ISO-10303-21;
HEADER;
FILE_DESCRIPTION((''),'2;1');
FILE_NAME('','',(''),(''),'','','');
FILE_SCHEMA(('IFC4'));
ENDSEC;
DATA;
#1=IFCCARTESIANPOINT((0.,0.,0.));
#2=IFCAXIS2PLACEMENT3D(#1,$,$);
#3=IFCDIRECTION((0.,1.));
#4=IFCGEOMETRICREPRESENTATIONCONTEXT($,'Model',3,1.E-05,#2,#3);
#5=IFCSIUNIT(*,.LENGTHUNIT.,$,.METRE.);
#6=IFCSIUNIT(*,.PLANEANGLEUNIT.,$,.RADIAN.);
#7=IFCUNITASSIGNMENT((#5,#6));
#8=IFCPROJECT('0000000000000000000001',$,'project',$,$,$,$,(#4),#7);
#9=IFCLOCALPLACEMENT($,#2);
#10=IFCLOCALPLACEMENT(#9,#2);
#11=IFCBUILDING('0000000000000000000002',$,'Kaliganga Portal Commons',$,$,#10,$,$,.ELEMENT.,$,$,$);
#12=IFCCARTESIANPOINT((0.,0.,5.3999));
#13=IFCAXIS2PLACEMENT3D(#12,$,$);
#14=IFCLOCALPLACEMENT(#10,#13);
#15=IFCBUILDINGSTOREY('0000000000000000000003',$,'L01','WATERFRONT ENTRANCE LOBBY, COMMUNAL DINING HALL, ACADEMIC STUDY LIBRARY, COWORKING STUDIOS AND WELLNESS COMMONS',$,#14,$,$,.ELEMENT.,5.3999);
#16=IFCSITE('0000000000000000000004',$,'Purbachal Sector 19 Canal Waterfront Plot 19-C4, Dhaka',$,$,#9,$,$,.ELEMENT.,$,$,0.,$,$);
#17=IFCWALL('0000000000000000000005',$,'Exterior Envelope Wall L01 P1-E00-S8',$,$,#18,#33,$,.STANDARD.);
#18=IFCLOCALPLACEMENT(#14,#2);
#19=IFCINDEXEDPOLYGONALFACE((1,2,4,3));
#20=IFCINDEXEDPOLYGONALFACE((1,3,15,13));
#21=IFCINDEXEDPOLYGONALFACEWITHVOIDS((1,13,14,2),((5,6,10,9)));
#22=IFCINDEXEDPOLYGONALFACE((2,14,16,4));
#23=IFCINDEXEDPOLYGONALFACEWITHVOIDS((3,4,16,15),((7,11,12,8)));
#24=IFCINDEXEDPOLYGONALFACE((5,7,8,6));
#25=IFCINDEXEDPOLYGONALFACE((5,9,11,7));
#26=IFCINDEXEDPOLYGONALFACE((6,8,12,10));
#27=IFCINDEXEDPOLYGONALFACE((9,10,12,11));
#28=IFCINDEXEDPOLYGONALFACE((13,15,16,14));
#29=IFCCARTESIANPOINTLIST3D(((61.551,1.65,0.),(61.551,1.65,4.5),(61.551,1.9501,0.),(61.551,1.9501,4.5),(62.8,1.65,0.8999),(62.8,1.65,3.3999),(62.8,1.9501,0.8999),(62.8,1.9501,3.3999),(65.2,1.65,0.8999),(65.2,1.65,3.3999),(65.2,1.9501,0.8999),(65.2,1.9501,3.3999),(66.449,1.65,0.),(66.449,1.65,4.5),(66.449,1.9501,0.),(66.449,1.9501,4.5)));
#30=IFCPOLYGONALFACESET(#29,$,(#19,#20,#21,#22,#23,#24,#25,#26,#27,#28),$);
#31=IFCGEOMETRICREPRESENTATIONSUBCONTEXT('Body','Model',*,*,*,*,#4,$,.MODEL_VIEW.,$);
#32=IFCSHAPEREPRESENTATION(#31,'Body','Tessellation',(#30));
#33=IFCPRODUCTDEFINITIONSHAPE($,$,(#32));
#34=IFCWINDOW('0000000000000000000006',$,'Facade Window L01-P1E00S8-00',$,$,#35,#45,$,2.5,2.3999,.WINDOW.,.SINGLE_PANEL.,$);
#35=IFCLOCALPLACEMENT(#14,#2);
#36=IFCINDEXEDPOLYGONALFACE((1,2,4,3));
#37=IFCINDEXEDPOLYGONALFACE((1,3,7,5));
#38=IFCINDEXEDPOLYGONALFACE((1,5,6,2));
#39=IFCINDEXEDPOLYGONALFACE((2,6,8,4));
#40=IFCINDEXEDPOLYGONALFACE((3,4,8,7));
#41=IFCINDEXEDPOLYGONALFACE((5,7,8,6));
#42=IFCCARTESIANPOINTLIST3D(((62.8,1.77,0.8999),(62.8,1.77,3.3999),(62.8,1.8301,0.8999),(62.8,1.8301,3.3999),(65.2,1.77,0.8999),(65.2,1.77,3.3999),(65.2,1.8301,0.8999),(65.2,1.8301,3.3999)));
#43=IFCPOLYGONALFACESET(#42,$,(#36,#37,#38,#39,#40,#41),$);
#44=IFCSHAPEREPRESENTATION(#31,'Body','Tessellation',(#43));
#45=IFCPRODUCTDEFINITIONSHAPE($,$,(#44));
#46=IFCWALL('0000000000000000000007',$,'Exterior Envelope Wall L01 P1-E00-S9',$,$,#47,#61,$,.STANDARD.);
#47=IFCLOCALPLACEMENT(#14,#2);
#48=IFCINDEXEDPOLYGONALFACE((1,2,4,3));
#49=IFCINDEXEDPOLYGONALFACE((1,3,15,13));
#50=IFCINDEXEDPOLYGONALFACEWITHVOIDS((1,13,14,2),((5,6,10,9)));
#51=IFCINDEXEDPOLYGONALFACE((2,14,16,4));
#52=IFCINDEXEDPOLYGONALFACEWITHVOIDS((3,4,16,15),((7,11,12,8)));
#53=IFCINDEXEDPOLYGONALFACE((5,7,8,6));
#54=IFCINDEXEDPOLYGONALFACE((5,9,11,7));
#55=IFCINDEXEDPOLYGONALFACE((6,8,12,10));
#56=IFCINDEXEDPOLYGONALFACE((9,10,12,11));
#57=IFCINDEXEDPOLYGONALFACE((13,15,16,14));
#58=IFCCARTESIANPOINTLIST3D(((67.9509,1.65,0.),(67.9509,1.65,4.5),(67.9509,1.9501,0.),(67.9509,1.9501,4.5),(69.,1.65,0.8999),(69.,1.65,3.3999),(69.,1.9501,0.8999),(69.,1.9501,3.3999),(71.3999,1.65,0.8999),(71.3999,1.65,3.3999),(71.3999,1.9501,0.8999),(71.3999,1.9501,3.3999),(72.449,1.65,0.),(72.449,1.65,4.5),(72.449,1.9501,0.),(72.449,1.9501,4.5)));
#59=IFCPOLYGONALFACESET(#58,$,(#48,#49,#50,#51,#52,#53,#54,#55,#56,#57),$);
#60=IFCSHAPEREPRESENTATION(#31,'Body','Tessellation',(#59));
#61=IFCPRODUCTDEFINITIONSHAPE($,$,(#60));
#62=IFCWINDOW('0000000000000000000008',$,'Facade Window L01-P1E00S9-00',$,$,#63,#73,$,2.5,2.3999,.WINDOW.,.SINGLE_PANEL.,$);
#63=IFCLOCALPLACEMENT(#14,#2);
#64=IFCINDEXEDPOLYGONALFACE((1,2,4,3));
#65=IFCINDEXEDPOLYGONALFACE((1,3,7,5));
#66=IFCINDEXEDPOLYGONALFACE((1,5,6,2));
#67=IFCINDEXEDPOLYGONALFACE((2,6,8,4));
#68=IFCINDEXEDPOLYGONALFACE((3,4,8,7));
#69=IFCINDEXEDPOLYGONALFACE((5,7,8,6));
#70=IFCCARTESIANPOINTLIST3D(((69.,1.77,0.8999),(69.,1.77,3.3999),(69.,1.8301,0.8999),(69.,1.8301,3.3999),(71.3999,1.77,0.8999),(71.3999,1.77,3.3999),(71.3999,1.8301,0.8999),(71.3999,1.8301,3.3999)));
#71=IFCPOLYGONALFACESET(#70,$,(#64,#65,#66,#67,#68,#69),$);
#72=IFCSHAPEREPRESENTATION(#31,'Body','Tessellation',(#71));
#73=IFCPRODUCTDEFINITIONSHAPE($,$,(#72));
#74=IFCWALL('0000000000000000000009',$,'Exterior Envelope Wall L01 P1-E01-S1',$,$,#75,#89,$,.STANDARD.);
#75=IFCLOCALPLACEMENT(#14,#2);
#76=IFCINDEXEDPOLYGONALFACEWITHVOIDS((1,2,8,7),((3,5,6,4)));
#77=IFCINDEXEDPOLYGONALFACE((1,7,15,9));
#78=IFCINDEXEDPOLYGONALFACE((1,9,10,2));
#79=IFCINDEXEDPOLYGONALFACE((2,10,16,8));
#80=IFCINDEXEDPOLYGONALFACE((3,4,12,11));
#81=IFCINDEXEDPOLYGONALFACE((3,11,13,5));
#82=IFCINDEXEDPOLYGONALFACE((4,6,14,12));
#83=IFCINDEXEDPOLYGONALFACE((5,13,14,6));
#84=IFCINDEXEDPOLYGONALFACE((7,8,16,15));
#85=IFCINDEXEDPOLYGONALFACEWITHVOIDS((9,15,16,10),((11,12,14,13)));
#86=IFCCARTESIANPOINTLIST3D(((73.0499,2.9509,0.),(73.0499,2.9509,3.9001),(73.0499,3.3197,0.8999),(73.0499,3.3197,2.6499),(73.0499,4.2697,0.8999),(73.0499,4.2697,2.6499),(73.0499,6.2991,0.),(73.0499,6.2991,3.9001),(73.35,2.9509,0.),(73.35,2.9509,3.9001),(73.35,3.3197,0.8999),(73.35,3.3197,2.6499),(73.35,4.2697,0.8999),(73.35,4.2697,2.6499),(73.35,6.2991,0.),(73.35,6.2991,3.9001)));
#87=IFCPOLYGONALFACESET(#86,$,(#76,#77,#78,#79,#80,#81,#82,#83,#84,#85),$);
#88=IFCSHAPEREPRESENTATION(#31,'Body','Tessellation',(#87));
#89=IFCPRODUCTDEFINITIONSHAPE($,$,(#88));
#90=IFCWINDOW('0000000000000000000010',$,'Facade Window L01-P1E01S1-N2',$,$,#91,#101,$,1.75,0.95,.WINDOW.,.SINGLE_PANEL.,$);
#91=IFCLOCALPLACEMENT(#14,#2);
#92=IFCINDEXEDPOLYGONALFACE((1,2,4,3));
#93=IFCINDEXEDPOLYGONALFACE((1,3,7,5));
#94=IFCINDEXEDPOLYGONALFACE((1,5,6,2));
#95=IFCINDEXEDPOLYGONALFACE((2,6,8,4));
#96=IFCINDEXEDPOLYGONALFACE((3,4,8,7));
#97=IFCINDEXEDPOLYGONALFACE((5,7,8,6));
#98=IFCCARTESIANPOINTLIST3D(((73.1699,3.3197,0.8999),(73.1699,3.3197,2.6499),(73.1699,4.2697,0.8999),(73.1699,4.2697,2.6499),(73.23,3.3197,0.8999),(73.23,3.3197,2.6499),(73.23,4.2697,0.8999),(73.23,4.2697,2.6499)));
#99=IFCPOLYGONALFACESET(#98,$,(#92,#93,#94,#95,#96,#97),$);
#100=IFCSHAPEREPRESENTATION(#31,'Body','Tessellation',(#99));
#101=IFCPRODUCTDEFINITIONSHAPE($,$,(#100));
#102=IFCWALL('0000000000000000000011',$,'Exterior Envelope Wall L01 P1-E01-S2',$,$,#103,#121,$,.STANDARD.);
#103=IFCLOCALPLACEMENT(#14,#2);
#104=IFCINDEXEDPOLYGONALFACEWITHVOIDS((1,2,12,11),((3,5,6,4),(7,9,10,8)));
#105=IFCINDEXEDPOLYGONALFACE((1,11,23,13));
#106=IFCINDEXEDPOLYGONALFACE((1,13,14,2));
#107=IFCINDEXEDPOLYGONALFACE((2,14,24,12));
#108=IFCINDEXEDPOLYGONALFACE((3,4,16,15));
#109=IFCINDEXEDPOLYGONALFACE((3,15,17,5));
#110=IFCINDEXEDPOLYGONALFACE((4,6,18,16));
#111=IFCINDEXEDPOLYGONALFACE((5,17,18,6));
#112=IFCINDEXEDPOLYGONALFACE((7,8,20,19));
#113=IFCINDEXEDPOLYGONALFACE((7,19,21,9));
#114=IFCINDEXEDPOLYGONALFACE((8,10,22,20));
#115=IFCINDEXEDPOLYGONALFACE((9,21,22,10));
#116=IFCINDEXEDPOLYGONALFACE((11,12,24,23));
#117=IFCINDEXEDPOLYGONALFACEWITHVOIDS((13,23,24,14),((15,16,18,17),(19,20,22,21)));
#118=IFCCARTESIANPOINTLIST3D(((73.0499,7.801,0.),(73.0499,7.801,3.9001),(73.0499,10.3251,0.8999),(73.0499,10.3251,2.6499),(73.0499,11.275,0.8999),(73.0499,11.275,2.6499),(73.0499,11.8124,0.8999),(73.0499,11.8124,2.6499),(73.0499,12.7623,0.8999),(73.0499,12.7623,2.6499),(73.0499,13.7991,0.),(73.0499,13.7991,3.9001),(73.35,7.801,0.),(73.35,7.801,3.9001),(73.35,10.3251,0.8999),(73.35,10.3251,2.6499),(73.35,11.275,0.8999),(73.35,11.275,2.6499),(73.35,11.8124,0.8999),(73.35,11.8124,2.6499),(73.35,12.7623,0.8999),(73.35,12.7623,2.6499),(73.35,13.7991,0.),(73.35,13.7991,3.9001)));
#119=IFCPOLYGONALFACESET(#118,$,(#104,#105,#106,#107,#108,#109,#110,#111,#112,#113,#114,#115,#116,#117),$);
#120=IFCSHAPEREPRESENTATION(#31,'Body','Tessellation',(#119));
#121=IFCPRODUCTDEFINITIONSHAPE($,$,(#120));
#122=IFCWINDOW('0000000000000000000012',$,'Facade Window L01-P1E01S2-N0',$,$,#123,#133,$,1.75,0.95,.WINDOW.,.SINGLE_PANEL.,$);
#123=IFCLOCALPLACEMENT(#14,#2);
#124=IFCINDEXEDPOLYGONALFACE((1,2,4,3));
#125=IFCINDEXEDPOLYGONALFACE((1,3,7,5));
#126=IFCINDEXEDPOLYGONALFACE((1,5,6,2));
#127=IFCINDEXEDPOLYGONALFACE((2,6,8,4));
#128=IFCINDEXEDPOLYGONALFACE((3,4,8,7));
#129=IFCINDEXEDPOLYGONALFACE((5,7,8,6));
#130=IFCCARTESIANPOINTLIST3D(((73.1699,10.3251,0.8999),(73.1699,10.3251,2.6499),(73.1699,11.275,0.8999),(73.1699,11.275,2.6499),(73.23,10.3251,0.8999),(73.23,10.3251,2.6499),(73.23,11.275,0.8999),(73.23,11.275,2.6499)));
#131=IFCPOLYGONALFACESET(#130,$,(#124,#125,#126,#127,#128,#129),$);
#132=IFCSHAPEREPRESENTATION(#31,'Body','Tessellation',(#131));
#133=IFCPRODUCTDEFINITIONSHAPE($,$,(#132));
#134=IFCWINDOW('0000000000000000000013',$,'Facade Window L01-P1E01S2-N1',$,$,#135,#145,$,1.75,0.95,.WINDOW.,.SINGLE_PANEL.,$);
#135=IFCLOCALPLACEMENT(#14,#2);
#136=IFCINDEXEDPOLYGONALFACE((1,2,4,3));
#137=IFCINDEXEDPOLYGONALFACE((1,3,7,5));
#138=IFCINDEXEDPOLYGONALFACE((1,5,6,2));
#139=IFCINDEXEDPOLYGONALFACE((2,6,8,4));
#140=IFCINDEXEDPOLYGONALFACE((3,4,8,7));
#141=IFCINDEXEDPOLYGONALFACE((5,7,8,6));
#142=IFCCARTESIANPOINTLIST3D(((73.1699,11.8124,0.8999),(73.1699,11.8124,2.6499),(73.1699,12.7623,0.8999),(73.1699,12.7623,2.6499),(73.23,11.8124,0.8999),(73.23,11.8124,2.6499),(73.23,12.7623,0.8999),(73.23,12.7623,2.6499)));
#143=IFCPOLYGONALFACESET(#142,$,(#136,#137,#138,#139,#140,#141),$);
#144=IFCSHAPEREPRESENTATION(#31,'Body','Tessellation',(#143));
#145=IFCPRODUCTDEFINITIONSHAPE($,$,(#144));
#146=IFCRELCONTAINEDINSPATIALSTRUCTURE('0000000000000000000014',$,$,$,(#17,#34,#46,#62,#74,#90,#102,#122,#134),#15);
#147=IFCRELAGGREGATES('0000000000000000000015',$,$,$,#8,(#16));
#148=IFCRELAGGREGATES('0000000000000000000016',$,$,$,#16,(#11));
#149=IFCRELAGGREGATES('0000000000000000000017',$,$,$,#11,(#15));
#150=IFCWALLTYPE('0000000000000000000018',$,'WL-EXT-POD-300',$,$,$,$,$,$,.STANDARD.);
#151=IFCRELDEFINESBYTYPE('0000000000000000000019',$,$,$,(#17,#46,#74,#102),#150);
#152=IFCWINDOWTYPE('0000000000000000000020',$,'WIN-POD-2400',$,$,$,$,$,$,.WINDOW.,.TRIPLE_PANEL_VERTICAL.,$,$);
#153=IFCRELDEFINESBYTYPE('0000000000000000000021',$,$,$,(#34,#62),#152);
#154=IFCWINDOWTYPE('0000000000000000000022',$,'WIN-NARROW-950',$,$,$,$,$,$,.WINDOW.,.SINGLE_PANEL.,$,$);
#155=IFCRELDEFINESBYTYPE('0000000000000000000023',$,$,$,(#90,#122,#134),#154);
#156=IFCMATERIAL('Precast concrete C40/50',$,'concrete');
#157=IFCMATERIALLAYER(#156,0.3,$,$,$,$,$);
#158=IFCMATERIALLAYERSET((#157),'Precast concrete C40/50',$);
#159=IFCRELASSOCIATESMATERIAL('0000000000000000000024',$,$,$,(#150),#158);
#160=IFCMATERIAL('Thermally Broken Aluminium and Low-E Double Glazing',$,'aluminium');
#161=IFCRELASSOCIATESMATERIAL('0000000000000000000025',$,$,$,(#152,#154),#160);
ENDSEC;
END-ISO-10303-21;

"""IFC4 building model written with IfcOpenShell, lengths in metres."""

from ifc_helpers import new_model, si_unit, direction, frame, frame_2d, origin, place, context, subcontext, project, spatial, rectangle, extrude, material, layer, layer_set, type_object, element, fill, save


model = new_model("IFC4")

# Units and contexts
model_context = context("Model", 3, precision=1e-05, world=origin(), true_north=direction((0.0, 1.0)))
body_context = subcontext(model_context, "Body", "Model", "MODEL_VIEW")
ifc_project = project(units=[si_unit("LENGTHUNIT", "METRE"), si_unit("PLANEANGLEUNIT", "RADIAN")], contexts=[model_context])

# Site, building, storey
site_placement = place(None, origin())
site = spatial("IfcSite", under=ifc_project, at=site_placement, Name="Purbachal Sector 19 Canal Waterfront Plot 19-C4, Dhaka", CompositionType="ELEMENT", RefElevation=0.0)
building_placement = place(site_placement, origin())
building = spatial("IfcBuilding", under=site, at=building_placement, Name="Kaliganga Portal Commons", CompositionType="ELEMENT")
storey_placement = place(building_placement, frame((0.0, 0.0, 5.3999)))
storey = spatial("IfcBuildingStorey", under=building, at=storey_placement, Name="L01", Description="WATERFRONT ENTRANCE LOBBY, COMMUNAL DINING HALL, ACADEMIC STUDY LIBRARY, COWORKING STUDIOS AND WELLNESS COMMONS", CompositionType="ELEMENT", Elevation=5.3999)

# Walls, openings, windows
ifc_material_1 = material(Name="Precast concrete C40/50", Category="concrete")
ifc_layer = layer(ifc_material_1, 0.3)
ifc_layer_set = layer_set([ifc_layer], Name="Precast concrete C40/50")
wall_type = type_object("IfcWallType", Name="WL-EXT-POD-300", PredefinedType="STANDARD", material=ifc_layer_set)
wall_1_placement = place(storey_placement, frame((66.449, 1.8, 0.0), z_axis=(0.0, 0.0, 1.0), x_axis=(-1.0, 0.0, 0.0)))
wall_1 = element("IfcWall", 1, at=wall_1_placement, inside=storey, type_object=wall_type, Name="Exterior Envelope Wall L01 P1-E00-S8", PredefinedType="STANDARD", context=body_context, shape_type="SweptSolid", body=[
    extrude(rectangle(XDim=4.8979, YDim=0.3, at=frame_2d((2.449, 0.0))), origin(), (0.0, 0.0, 1.0), 4.5),
])
opening_1_placement = place(wall_1_placement, frame((1.249, 0.0, 0.8999)))
opening_1 = element("IfcOpeningElement", 2, at=opening_1_placement, cuts=wall_1, PredefinedType="OPENING", context=body_context, shape_type="SweptSolid", body=[
    extrude(rectangle(XDim=2.3999, YDim=2.5, at=frame_2d((1.2, 1.25))), frame((0.0, 0.1602, 0.0), z_axis=(0.0, -1.0, 0.0), x_axis=(1.0, 0.0, 0.0)), (0.0, 0.0, 1.0), 0.3201),
])
ifc_material_2 = material(Name="Thermally Broken Aluminium and Low-E Double Glazing", Category="aluminium")
window_type_1 = type_object("IfcWindowType", Name="WIN-POD-2400", PartitioningType="TRIPLE_PANEL_VERTICAL", PredefinedType="WINDOW", material=ifc_material_2)
window_1_placement = place(opening_1_placement, origin())
window_1 = element("IfcWindow", 3, at=window_1_placement, inside=storey, type_object=window_type_1, Name="Facade Window L01-P1E00S8-00", OverallHeight=2.5, OverallWidth=2.3999, PartitioningType="SINGLE_PANEL", PredefinedType="WINDOW", context=body_context, shape_type="SweptSolid", body=[
    extrude(rectangle(XDim=2.3999, YDim=2.5, at=frame_2d((1.2, 1.25))), frame((0.0, 0.03, 0.0), z_axis=(0.0, -1.0, 0.0), x_axis=(1.0, 0.0, 0.0)), (0.0, 0.0, 1.0), 0.0601),
])
fill(opening_1, window_1)
wall_2_placement = place(storey_placement, frame((72.449, 1.8, 0.0), z_axis=(0.0, 0.0, 1.0), x_axis=(-1.0, 0.0, 0.0)))
wall_2 = element("IfcWall", 4, at=wall_2_placement, inside=storey, type_object=wall_type, Name="Exterior Envelope Wall L01 P1-E00-S9", PredefinedType="STANDARD", context=body_context, shape_type="SweptSolid", body=[
    extrude(rectangle(XDim=4.498, YDim=0.3, at=frame_2d((2.249, 0.0))), origin(), (0.0, 0.0, 1.0), 4.5),
])
opening_2_placement = place(wall_2_placement, frame((1.0491, 0.0, 0.8999)))
opening_2 = element("IfcOpeningElement", 5, at=opening_2_placement, cuts=wall_2, PredefinedType="OPENING", context=body_context, shape_type="SweptSolid", body=[
    extrude(rectangle(XDim=2.3999, YDim=2.5, at=frame_2d((1.2, 1.25))), frame((0.0, 0.1602, 0.0), z_axis=(0.0, -1.0, 0.0), x_axis=(1.0, 0.0, 0.0)), (0.0, 0.0, 1.0), 0.3201),
])
window_2_placement = place(opening_2_placement, origin())
window_2 = element("IfcWindow", 6, at=window_2_placement, inside=storey, type_object=window_type_1, Name="Facade Window L01-P1E00S9-00", OverallHeight=2.5, OverallWidth=2.3999, PartitioningType="SINGLE_PANEL", PredefinedType="WINDOW", context=body_context, shape_type="SweptSolid", body=[
    extrude(rectangle(XDim=2.3999, YDim=2.5, at=frame_2d((1.2, 1.25))), frame((0.0, 0.03, 0.0), z_axis=(0.0, -1.0, 0.0), x_axis=(1.0, 0.0, 0.0)), (0.0, 0.0, 1.0), 0.0601),
])
fill(opening_2, window_2)
wall_3_placement = place(storey_placement, frame((73.2, 6.2991, 0.0), z_axis=(0.0, 0.0, 1.0), x_axis=(0.0, -1.0, 0.0)))
wall_3 = element("IfcWall", 7, at=wall_3_placement, inside=storey, type_object=wall_type, Name="Exterior Envelope Wall L01 P1-E01-S1", PredefinedType="STANDARD", context=body_context, shape_type="SweptSolid", body=[
    extrude(rectangle(XDim=3.3481, YDim=0.3, at=frame_2d((1.6741, 0.0))), origin(), (0.0, 0.0, 1.0), 3.9001),
])
opening_3_placement = place(wall_3_placement, frame((2.0293, 0.0, 0.8999)))
opening_3 = element("IfcOpeningElement", 8, at=opening_3_placement, cuts=wall_3, PredefinedType="OPENING", context=body_context, shape_type="SweptSolid", body=[
    extrude(rectangle(XDim=0.95, YDim=1.75, at=frame_2d((0.4751, 0.875))), frame((0.0, 0.1602, 0.0), z_axis=(0.0, -1.0, 0.0), x_axis=(1.0, 0.0, 0.0)), (0.0, 0.0, 1.0), 0.3201),
])
window_type_2 = type_object("IfcWindowType", Name="WIN-NARROW-950", PartitioningType="SINGLE_PANEL", PredefinedType="WINDOW", material=ifc_material_2)
window_3_placement = place(opening_3_placement, origin())
window_3 = element("IfcWindow", 9, at=window_3_placement, inside=storey, type_object=window_type_2, Name="Facade Window L01-P1E01S1-N2", OverallHeight=1.75, OverallWidth=0.95, PartitioningType="SINGLE_PANEL", PredefinedType="WINDOW", context=body_context, shape_type="SweptSolid", body=[
    extrude(rectangle(XDim=0.95, YDim=1.75, at=frame_2d((0.4751, 0.875))), frame((0.0, 0.03, 0.0), z_axis=(0.0, -1.0, 0.0), x_axis=(1.0, 0.0, 0.0)), (0.0, 0.0, 1.0), 0.0601),
])
fill(opening_3, window_3)

# Wall, openings, windows
wall_4_placement = place(storey_placement, frame((73.2, 13.7991, 0.0), z_axis=(0.0, 0.0, 1.0), x_axis=(0.0, -1.0, 0.0)))
wall_4 = element("IfcWall", 10, at=wall_4_placement, inside=storey, type_object=wall_type, Name="Exterior Envelope Wall L01 P1-E01-S2", PredefinedType="STANDARD", context=body_context, shape_type="SweptSolid", body=[
    extrude(rectangle(XDim=5.998, YDim=0.3, at=frame_2d((2.999, 0.0))), origin(), (0.0, 0.0, 1.0), 3.9001),
])
opening_4_placement = place(wall_4_placement, frame((2.5239, 0.0, 0.8999)))
opening_4 = element("IfcOpeningElement", 11, at=opening_4_placement, cuts=wall_4, PredefinedType="OPENING", context=body_context, shape_type="SweptSolid", body=[
    extrude(rectangle(XDim=0.95, YDim=1.75, at=frame_2d((0.4751, 0.875))), frame((0.0, 0.1602, 0.0), z_axis=(0.0, -1.0, 0.0), x_axis=(1.0, 0.0, 0.0)), (0.0, 0.0, 1.0), 0.3201),
])
opening_5_placement = place(wall_4_placement, frame((1.0366, 0.0, 0.8999)))
opening_5 = element("IfcOpeningElement", 12, at=opening_5_placement, cuts=wall_4, PredefinedType="OPENING", context=body_context, shape_type="SweptSolid", body=[
    extrude(rectangle(XDim=0.95, YDim=1.75, at=frame_2d((0.4751, 0.875))), frame((0.0, 0.1602, 0.0), z_axis=(0.0, -1.0, 0.0), x_axis=(1.0, 0.0, 0.0)), (0.0, 0.0, 1.0), 0.3201),
])
window_4_placement = place(opening_4_placement, origin())
window_4 = element("IfcWindow", 13, at=window_4_placement, inside=storey, type_object=window_type_2, Name="Facade Window L01-P1E01S2-N0", OverallHeight=1.75, OverallWidth=0.95, PartitioningType="SINGLE_PANEL", PredefinedType="WINDOW", context=body_context, shape_type="SweptSolid", body=[
    extrude(rectangle(XDim=0.95, YDim=1.75, at=frame_2d((0.4751, 0.875))), frame((0.0, 0.03, 0.0), z_axis=(0.0, -1.0, 0.0), x_axis=(1.0, 0.0, 0.0)), (0.0, 0.0, 1.0), 0.0601),
])
fill(opening_4, window_4)
window_5_placement = place(opening_5_placement, origin())
window_5 = element("IfcWindow", 14, at=window_5_placement, inside=storey, type_object=window_type_2, Name="Facade Window L01-P1E01S2-N1", OverallHeight=1.75, OverallWidth=0.95, PartitioningType="SINGLE_PANEL", PredefinedType="WINDOW", context=body_context, shape_type="SweptSolid", body=[
    extrude(rectangle(XDim=0.95, YDim=1.75, at=frame_2d((0.4751, 0.875))), frame((0.0, 0.03, 0.0), z_axis=(0.0, -1.0, 0.0), x_axis=(1.0, 0.0, 0.0)), (0.0, 0.0, 1.0), 0.0601),
])
fill(opening_5, window_5)

save(model, "model.ifc")
